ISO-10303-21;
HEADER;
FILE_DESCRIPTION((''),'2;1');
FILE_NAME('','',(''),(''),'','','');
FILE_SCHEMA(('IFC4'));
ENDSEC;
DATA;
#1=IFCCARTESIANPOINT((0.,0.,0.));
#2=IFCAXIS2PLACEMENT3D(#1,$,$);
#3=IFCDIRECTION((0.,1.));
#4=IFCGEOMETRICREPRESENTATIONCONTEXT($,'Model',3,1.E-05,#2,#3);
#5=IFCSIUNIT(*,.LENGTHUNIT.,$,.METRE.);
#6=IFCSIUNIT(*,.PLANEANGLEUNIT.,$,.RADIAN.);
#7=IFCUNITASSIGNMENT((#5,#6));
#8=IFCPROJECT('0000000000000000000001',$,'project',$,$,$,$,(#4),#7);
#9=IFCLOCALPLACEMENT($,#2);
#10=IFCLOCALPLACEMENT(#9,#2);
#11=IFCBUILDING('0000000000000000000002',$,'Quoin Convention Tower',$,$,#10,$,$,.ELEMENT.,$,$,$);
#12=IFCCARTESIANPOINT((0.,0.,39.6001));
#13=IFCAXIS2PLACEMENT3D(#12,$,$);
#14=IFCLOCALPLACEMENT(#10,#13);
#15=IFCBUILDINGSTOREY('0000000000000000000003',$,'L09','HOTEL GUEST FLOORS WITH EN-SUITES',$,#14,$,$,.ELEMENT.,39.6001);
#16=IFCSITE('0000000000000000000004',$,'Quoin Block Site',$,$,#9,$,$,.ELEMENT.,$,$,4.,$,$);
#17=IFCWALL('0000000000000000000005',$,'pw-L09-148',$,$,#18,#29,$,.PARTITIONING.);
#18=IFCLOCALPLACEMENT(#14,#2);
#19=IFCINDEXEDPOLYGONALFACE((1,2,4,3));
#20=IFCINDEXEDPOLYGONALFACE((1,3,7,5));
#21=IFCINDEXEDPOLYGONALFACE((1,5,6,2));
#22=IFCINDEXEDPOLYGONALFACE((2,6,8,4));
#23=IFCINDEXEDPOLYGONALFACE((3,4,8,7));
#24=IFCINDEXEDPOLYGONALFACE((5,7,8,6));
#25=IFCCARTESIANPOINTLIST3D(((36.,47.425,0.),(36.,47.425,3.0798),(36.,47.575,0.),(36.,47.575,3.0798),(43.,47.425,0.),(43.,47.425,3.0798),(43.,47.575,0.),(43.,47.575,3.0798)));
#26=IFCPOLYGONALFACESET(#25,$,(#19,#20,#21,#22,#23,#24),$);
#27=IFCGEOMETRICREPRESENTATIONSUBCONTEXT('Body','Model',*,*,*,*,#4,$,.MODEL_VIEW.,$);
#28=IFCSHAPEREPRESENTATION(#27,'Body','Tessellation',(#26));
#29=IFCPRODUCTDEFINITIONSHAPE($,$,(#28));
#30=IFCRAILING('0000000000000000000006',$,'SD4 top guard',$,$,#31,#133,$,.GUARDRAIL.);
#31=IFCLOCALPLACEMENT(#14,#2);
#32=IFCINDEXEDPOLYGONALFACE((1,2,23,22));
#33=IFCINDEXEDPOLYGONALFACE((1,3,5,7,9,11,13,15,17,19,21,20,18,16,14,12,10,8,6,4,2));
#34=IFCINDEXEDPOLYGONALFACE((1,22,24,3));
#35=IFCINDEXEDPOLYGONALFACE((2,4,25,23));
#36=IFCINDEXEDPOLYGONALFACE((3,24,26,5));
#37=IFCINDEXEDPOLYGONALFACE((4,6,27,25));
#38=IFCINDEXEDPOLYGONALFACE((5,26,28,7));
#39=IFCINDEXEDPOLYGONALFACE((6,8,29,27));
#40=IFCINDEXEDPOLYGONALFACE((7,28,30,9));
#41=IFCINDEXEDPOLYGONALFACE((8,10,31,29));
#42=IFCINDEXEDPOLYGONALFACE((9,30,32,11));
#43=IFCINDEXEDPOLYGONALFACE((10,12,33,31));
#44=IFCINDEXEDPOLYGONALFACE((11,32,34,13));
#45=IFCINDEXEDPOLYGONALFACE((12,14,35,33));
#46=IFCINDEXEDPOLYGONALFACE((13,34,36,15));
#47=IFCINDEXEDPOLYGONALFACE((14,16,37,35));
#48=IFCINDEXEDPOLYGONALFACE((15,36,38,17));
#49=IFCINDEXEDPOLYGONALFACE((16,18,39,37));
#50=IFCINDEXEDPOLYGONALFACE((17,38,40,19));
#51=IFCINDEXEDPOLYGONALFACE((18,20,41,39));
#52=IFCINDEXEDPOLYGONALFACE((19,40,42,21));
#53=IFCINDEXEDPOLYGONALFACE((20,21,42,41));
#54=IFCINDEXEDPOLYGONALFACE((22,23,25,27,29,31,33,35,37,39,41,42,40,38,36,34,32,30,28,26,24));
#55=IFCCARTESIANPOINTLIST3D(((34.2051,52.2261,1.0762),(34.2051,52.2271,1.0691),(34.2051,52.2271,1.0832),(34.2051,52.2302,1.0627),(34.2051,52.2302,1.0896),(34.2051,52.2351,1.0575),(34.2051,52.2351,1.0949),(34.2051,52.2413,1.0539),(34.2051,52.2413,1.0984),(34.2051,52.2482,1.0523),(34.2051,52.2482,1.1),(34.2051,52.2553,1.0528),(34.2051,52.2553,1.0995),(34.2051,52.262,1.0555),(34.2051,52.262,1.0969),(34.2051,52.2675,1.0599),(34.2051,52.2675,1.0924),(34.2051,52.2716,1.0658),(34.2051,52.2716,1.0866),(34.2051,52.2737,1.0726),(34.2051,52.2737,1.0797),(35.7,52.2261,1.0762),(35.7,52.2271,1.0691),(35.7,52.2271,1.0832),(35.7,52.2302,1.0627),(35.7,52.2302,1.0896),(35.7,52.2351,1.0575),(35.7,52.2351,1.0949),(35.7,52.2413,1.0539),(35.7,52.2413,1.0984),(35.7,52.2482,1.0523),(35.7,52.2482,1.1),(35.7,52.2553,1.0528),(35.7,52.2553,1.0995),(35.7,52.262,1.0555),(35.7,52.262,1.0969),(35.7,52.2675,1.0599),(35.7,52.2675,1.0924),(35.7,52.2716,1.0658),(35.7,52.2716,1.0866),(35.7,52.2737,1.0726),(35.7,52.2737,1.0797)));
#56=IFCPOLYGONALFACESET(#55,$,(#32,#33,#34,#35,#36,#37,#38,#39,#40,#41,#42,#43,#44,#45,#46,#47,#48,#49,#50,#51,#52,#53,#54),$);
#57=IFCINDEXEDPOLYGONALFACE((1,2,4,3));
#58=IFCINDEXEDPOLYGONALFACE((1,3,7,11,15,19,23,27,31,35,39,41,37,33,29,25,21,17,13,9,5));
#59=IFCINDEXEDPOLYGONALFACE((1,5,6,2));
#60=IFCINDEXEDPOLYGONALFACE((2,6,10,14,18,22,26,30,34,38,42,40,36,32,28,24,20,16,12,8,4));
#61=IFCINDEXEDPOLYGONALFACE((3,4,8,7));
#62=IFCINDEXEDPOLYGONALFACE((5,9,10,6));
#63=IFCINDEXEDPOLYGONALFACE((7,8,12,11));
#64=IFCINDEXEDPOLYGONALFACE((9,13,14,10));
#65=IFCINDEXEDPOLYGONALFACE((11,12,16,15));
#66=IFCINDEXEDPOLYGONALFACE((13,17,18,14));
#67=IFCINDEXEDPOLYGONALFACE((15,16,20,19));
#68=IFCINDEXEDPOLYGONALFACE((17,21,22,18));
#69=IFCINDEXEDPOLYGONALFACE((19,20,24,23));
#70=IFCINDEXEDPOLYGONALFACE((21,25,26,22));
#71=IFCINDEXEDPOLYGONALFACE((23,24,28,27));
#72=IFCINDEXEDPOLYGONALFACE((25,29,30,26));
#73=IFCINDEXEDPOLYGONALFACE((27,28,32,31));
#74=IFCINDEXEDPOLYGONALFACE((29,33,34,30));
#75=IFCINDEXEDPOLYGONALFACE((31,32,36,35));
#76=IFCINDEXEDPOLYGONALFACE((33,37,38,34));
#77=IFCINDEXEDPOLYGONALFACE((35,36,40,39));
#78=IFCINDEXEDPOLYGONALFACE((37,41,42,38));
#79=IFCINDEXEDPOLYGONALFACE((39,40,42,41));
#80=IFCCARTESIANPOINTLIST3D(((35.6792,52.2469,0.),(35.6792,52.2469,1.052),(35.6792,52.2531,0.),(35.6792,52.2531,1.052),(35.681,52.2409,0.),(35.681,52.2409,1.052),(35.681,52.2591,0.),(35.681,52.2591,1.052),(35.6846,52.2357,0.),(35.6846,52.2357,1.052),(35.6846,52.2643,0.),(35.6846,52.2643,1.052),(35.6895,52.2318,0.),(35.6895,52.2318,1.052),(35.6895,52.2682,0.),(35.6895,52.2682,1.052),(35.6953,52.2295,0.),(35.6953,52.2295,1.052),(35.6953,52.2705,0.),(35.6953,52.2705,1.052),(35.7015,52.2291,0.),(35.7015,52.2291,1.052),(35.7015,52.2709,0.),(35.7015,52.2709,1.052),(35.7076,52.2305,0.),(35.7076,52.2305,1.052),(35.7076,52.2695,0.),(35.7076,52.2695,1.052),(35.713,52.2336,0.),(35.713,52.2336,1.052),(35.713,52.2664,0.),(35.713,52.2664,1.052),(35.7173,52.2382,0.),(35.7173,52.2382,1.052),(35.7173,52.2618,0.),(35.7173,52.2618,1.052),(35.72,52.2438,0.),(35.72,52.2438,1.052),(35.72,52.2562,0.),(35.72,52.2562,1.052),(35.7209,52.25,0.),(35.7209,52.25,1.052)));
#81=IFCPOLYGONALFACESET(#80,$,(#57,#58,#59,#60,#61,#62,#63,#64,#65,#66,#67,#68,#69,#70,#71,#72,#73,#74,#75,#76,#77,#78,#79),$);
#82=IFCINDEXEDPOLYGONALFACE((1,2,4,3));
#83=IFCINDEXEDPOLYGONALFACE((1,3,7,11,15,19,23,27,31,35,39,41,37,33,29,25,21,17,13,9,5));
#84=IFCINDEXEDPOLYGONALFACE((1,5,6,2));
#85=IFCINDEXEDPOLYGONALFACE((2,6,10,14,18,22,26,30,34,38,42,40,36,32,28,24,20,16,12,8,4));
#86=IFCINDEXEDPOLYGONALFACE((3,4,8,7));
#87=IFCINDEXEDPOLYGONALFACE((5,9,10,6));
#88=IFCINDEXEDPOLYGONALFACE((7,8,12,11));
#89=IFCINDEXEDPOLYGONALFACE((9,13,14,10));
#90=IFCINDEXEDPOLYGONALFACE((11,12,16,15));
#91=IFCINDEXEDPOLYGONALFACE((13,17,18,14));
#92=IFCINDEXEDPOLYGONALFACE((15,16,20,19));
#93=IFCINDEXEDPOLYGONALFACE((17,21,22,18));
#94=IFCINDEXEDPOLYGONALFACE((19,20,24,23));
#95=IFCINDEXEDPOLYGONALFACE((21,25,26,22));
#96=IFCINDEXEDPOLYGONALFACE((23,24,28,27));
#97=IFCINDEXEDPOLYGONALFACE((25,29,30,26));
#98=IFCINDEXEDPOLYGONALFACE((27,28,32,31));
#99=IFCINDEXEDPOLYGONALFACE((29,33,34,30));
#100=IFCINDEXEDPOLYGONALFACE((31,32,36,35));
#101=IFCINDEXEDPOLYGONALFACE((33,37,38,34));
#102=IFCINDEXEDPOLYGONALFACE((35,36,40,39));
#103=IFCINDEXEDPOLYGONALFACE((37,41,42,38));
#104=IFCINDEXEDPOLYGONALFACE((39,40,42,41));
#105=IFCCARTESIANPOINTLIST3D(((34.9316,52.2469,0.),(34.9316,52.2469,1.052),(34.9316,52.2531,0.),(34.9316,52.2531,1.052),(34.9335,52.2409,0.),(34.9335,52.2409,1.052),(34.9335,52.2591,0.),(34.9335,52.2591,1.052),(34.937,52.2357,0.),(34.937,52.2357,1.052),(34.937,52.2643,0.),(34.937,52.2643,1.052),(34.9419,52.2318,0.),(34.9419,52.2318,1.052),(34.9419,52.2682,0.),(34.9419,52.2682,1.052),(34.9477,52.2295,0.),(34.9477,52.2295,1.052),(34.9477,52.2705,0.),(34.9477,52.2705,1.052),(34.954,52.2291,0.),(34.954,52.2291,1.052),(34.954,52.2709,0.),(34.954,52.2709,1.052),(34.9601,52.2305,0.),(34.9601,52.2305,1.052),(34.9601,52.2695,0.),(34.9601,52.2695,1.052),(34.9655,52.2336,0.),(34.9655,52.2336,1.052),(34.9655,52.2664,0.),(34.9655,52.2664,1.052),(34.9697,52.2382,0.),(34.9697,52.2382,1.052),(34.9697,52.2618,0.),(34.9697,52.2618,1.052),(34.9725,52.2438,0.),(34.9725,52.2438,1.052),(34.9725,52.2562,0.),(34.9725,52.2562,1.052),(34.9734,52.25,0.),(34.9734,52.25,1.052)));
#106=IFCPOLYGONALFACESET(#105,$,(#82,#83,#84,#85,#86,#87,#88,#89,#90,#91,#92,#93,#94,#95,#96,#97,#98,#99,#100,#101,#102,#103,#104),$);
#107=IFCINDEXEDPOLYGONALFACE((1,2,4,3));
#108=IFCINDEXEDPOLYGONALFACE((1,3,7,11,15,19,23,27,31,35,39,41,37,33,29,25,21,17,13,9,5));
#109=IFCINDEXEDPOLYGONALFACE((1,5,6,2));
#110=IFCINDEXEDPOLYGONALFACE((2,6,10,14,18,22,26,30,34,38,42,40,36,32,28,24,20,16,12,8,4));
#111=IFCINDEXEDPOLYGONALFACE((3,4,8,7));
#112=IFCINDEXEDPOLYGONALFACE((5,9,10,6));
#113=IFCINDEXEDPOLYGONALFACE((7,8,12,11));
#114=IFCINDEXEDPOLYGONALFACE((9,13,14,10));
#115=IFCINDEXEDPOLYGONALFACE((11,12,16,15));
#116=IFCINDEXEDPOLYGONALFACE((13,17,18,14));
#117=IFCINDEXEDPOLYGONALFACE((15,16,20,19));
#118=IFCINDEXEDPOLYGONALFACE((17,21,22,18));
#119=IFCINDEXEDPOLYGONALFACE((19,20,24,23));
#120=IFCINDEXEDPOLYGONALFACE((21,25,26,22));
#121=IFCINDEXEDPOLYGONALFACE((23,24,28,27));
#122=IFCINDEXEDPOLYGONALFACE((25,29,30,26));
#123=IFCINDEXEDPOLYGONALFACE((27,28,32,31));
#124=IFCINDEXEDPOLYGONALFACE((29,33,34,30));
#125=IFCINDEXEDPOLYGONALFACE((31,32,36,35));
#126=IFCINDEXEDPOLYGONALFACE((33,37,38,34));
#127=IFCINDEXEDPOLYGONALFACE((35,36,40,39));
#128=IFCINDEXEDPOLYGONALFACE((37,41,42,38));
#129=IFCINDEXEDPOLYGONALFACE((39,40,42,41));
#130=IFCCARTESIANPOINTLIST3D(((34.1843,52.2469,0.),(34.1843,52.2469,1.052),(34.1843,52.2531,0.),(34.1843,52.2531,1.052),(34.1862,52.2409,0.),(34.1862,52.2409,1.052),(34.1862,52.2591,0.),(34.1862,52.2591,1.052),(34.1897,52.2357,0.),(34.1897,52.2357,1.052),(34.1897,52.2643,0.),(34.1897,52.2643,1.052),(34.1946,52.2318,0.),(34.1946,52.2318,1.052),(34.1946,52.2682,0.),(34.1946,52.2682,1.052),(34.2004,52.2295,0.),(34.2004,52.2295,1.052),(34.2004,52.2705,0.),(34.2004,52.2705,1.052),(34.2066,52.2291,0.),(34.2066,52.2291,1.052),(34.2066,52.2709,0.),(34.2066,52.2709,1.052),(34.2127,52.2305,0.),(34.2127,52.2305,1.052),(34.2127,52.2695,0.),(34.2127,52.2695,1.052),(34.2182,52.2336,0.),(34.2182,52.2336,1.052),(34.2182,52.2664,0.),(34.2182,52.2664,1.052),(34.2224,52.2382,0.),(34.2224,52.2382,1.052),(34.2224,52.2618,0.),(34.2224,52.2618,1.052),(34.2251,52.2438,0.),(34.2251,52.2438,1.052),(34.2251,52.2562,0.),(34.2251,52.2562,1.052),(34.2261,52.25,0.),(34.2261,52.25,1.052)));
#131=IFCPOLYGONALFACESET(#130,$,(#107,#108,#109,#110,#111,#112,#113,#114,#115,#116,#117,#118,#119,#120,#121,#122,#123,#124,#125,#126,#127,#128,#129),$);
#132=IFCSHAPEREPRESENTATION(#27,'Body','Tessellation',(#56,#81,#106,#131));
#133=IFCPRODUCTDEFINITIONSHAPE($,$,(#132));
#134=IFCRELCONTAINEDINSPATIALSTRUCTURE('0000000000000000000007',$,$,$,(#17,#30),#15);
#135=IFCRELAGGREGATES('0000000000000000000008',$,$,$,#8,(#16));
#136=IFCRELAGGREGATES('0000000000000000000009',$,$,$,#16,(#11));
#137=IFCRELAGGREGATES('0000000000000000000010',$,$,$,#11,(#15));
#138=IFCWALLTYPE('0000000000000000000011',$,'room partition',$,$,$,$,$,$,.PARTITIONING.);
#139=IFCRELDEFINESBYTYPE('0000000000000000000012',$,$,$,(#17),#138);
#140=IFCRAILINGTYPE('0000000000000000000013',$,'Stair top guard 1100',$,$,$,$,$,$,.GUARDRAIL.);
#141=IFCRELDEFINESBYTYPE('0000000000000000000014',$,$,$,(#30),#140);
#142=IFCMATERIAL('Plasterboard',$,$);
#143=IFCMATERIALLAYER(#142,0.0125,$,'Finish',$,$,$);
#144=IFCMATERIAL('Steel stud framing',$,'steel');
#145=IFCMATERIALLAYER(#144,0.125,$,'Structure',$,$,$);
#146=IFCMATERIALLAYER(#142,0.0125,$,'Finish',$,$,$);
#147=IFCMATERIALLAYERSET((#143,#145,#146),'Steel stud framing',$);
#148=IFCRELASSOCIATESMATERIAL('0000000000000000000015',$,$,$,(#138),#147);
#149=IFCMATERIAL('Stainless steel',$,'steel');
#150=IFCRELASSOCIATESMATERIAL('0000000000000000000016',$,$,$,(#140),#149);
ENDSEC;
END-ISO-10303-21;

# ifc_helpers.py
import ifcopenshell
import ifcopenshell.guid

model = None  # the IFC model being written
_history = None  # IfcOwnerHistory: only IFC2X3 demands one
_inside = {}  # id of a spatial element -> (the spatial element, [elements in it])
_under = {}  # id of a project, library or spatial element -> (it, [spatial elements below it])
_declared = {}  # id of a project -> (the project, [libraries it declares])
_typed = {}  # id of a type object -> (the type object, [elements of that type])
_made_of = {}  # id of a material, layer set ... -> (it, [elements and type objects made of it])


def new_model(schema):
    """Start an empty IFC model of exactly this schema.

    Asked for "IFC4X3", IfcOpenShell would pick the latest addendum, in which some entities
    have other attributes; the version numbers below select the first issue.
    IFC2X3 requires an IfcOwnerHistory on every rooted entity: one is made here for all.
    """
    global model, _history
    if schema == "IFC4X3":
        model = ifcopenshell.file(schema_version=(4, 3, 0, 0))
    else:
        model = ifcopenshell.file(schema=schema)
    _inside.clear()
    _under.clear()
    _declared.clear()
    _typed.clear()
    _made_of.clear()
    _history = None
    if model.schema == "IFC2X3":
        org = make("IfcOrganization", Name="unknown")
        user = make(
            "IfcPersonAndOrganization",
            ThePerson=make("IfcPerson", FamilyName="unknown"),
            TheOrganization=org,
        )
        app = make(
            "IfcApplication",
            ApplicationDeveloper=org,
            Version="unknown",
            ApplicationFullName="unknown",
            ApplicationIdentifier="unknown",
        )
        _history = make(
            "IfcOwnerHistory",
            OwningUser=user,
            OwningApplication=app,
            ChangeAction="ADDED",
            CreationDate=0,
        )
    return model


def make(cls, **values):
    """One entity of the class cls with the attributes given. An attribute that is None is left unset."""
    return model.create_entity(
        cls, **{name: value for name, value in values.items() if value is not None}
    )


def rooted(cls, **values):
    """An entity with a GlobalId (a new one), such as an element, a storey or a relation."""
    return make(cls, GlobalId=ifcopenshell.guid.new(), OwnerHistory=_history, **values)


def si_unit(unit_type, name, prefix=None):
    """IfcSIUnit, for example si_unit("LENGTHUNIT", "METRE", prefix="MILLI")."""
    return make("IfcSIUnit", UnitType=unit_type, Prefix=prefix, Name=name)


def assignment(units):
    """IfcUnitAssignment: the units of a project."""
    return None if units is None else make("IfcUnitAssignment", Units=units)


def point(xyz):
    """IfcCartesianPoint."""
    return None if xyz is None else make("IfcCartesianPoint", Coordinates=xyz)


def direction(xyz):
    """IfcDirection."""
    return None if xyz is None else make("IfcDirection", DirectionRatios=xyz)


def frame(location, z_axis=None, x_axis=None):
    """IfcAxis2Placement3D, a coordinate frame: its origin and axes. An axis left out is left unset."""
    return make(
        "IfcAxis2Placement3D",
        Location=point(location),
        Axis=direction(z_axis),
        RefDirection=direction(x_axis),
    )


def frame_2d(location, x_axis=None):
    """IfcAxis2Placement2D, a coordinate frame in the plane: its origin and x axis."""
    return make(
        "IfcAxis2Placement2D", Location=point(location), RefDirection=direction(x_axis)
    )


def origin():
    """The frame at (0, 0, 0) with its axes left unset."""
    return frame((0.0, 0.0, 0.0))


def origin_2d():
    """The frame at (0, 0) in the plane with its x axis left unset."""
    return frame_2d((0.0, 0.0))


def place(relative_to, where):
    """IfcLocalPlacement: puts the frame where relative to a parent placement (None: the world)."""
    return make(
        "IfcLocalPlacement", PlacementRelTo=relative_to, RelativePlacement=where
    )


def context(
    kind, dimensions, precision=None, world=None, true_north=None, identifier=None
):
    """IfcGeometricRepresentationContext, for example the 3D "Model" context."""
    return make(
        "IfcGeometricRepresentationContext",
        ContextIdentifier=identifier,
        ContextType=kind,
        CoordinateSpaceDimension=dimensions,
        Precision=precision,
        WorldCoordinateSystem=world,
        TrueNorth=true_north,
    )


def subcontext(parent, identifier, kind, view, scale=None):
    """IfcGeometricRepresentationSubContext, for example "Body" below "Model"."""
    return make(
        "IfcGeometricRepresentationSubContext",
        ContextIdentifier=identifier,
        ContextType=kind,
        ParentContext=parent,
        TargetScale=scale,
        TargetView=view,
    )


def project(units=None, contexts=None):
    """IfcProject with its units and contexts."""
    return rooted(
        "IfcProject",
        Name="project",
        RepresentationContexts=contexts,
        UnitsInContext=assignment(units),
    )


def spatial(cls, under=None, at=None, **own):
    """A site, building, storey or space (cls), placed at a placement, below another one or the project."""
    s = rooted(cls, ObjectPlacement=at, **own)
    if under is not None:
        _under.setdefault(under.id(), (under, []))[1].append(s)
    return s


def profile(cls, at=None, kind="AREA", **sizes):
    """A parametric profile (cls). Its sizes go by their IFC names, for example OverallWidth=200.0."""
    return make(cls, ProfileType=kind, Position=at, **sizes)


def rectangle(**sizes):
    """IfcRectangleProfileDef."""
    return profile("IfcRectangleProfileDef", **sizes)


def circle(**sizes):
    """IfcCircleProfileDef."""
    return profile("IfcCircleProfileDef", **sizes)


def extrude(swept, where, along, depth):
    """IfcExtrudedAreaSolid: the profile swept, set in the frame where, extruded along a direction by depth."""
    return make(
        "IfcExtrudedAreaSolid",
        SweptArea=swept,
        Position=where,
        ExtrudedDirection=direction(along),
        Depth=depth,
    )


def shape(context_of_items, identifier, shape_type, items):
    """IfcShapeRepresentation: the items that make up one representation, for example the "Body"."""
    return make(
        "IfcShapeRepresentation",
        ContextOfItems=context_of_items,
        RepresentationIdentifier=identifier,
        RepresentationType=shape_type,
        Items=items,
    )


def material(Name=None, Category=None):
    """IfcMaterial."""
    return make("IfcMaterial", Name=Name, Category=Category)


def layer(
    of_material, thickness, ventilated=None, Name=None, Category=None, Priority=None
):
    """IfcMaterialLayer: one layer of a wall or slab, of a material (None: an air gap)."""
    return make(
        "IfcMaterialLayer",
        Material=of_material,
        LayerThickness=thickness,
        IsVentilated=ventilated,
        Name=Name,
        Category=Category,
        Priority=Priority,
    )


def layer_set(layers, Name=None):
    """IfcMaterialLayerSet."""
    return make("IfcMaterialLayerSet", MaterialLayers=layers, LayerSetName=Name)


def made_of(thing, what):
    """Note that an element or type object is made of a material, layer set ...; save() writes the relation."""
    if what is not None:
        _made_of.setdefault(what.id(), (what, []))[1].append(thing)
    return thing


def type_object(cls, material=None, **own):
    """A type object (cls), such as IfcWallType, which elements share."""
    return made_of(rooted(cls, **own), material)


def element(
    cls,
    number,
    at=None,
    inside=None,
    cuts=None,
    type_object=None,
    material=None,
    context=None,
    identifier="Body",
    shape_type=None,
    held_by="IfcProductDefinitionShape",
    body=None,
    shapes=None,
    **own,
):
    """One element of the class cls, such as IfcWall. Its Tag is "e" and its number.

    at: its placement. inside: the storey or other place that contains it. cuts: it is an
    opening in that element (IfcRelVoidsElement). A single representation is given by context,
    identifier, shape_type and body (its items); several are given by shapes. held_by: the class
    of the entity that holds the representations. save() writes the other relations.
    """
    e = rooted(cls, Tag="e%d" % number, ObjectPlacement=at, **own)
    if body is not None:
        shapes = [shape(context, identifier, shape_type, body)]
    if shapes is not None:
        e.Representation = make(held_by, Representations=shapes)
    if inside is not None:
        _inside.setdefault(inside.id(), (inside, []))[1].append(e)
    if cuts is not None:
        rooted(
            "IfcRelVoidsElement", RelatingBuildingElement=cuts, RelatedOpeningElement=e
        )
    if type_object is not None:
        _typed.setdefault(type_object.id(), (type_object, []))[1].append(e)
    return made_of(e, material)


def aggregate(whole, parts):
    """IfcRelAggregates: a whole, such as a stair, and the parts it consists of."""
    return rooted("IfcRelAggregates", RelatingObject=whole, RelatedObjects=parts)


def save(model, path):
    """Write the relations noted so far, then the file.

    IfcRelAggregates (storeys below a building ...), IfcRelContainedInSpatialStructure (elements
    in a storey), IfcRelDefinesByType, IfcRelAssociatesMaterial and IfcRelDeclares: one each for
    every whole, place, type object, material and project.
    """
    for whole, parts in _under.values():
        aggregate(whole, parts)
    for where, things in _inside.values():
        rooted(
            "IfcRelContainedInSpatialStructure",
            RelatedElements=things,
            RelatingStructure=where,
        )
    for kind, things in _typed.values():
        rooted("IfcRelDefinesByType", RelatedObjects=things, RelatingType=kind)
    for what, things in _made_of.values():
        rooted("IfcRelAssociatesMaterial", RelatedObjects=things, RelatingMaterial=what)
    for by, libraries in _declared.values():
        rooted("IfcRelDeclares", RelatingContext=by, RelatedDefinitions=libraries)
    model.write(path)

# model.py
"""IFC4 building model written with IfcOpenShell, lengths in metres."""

from ifc_helpers import new_model, si_unit, direction, frame, frame_2d, origin, origin_2d, place, context, subcontext, project, spatial, rectangle, circle, extrude, material, layer, layer_set, type_object, element, save


model = new_model("IFC4")

# Units and contexts
model_context = context("Model", 3, precision=1e-05, world=origin(), true_north=direction((0.0, 1.0)))
body_context = subcontext(model_context, "Body", "Model", "MODEL_VIEW")
ifc_project = project(units=[si_unit("LENGTHUNIT", "METRE"), si_unit("PLANEANGLEUNIT", "RADIAN")], contexts=[model_context])

# Site, building, storey
site_placement = place(None, origin())
site = spatial("IfcSite", under=ifc_project, at=site_placement, Name="Quoin Block Site", CompositionType="ELEMENT", RefElevation=4.0)
building_placement = place(site_placement, origin())
building = spatial("IfcBuilding", under=site, at=building_placement, Name="Quoin Convention Tower", CompositionType="ELEMENT")
storey_placement = place(building_placement, frame((0.0, 0.0, 39.6001)))
storey = spatial("IfcBuildingStorey", under=building, at=storey_placement, Name="L09", Description="HOTEL GUEST FLOORS WITH EN-SUITES", CompositionType="ELEMENT", Elevation=39.6001)

# Shared definitions
ifc_material_1 = material(Name="Plasterboard")
ifc_material_2 = material(Name="Steel stud framing", Category="steel")

# Wall
ifc_layer_1 = layer(ifc_material_1, 0.0125, Name="Finish")
ifc_layer_2 = layer(ifc_material_2, 0.125, Name="Structure")
ifc_layer_3 = layer(ifc_material_1, 0.0125, Name="Finish")
ifc_layer_set_1 = layer_set([ifc_layer_1, ifc_layer_2, ifc_layer_3], Name="Steel stud framing")
wall_type_1 = type_object("IfcWallType", Name="room partition", PredefinedType="PARTITIONING", material=ifc_layer_set_1)
wall_1_placement = place(storey_placement, frame((36.0, 47.5, 0.0), z_axis=(0.0, 0.0, 1.0), x_axis=(1.0, 0.0, 0.0)))
element("IfcWall", 1, at=wall_1_placement, inside=storey, type_object=wall_type_1, Name="pw-L09-148", PredefinedType="PARTITIONING", context=body_context, shape_type="SweptSolid", body=[
    extrude(rectangle(XDim=7.0, YDim=0.1499, at=frame_2d((3.5, 0.0))), origin(), (0.0, 0.0, 1.0), 3.0798),
])

# Railing
ifc_material_3 = material(Name="Stainless steel", Category="steel")
railing_type = type_object("IfcRailingType", Name="Stair top guard 1100", PredefinedType="GUARDRAIL", material=ifc_material_3)
railing_placement = place(storey_placement, frame((35.7, 52.25, 0.0)))
element("IfcRailing", 2, at=railing_placement, inside=storey, type_object=railing_type, Name="SD4 top guard", PredefinedType="GUARDRAIL", context=body_context, shape_type="SweptSolid", body=[
    extrude(circle(Radius=0.0239, at=origin_2d()), frame((0.0, 0.0, 1.0762), z_axis=(-1.0, 0.0, 0.0), x_axis=(0.0, -1.0, 0.0)), (0.0, 0.0, 1.0), 1.4949),
    extrude(circle(Radius=0.021, at=origin_2d()), origin(), (0.0, 0.0, 1.0), 1.052),
    extrude(circle(Radius=0.021, at=origin_2d()), frame((-0.7476, 0.0, 0.0)), (0.0, 0.0, 1.0), 1.052),
    extrude(circle(Radius=0.021, at=origin_2d()), frame((-1.4949, 0.0, 0.0)), (0.0, 0.0, 1.0), 1.052),
])

save(model, "model.ifc")
